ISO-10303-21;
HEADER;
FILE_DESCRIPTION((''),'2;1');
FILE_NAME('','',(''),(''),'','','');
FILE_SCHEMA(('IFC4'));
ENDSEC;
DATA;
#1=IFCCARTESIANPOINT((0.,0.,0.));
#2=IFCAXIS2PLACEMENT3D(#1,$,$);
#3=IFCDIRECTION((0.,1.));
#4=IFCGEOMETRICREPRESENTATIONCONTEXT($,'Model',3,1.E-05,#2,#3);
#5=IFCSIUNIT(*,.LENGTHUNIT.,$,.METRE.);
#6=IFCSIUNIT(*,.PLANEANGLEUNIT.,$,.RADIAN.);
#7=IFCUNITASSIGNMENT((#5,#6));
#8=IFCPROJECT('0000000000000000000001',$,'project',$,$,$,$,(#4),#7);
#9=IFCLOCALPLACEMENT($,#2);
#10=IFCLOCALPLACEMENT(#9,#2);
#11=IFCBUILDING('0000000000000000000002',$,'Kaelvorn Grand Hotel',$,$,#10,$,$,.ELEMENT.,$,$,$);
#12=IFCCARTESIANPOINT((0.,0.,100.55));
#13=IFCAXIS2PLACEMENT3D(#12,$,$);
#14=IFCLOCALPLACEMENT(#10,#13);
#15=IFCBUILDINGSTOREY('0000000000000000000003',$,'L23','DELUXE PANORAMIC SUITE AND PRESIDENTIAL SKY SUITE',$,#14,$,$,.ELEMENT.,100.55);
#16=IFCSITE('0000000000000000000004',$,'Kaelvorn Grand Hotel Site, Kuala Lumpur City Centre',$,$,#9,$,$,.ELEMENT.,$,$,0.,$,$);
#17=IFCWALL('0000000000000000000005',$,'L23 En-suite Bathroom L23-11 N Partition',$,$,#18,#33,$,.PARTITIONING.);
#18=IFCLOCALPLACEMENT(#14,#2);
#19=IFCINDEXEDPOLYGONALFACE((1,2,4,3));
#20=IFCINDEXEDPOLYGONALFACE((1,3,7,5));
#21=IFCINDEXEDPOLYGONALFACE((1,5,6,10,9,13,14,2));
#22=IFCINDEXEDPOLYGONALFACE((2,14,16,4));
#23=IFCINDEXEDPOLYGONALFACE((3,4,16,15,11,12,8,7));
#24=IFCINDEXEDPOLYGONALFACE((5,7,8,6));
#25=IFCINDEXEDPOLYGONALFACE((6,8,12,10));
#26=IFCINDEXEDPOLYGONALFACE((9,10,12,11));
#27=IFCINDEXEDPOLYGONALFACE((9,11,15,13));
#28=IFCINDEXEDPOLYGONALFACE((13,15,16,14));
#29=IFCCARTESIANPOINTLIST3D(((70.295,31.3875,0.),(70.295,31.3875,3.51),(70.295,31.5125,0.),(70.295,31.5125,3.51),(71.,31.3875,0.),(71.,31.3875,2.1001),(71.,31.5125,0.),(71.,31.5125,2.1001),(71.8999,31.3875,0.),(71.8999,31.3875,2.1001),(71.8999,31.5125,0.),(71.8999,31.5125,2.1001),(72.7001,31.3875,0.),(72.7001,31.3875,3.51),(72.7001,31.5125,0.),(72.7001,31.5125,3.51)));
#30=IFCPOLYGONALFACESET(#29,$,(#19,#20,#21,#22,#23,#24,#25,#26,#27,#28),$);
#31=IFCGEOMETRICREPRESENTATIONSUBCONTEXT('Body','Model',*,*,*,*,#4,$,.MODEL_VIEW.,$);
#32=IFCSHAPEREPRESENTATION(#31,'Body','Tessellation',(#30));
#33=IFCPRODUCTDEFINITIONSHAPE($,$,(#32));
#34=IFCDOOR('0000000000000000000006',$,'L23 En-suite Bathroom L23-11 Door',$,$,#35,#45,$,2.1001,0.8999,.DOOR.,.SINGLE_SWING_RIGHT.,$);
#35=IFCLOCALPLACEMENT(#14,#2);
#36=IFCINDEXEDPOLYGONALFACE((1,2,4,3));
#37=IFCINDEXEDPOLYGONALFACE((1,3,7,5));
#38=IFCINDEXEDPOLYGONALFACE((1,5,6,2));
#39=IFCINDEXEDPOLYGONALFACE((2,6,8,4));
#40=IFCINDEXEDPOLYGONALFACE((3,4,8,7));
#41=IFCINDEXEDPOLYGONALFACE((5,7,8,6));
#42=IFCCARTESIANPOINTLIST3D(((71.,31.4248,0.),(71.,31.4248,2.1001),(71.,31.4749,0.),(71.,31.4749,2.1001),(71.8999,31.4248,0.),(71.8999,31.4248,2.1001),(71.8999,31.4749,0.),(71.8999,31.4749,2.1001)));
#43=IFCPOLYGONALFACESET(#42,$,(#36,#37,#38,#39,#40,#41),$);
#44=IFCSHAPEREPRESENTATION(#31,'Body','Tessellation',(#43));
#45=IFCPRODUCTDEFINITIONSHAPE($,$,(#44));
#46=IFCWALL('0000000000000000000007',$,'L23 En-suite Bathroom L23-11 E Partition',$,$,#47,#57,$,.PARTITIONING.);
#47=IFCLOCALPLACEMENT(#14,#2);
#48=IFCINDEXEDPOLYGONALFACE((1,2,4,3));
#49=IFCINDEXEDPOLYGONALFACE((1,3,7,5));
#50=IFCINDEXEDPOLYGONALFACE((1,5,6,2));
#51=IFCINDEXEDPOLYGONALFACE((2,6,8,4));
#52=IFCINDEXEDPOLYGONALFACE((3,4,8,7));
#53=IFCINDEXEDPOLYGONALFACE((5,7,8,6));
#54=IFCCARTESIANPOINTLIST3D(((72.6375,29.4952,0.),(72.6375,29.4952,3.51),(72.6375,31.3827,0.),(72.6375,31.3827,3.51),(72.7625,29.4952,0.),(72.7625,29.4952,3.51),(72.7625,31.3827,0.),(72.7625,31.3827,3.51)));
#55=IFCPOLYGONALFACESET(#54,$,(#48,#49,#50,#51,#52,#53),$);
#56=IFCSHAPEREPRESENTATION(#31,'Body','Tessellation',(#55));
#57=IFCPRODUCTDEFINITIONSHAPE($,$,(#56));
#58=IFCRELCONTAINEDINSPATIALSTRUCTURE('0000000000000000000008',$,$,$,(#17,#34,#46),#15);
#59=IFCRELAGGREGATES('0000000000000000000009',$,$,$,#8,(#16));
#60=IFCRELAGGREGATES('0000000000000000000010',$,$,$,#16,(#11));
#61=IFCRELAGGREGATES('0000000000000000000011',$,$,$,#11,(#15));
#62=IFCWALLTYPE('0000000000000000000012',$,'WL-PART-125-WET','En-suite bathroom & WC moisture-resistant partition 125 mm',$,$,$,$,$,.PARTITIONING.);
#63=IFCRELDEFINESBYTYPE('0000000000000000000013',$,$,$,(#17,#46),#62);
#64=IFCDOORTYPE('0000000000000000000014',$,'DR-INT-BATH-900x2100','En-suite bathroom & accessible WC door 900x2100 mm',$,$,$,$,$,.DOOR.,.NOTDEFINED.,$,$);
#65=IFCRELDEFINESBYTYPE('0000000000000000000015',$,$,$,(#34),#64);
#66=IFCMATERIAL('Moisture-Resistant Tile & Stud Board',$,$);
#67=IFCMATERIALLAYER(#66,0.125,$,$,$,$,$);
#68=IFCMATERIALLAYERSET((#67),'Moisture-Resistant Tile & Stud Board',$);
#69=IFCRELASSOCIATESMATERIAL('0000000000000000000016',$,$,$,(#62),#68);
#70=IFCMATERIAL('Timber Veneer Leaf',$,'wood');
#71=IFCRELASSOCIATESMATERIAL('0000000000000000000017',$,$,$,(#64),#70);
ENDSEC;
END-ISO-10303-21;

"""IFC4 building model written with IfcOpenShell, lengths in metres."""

from ifc_helpers import new_model, si_unit, direction, frame, frame_2d, origin, place, context, subcontext, project, spatial, rectangle, extrude, material, layer, layer_set, type_object, element, fill, save


model = new_model("IFC4")

# Units and contexts
model_context = context("Model", 3, precision=1e-05, world=origin(), true_north=direction((0.0, 1.0)))
body_context = subcontext(model_context, "Body", "Model", "MODEL_VIEW")
ifc_project = project(units=[si_unit("LENGTHUNIT", "METRE"), si_unit("PLANEANGLEUNIT", "RADIAN")], contexts=[model_context])

# Site, building, storey
site_placement = place(None, origin())
site = spatial("IfcSite", under=ifc_project, at=site_placement, Name="Kaelvorn Grand Hotel Site, Kuala Lumpur City Centre", CompositionType="ELEMENT", RefElevation=0.0)
building_placement = place(site_placement, origin())
building = spatial("IfcBuilding", under=site, at=building_placement, Name="Kaelvorn Grand Hotel", CompositionType="ELEMENT")
storey_placement = place(building_placement, frame((0.0, 0.0, 100.55)))
storey = spatial("IfcBuildingStorey", under=building, at=storey_placement, Name="L23", Description="DELUXE PANORAMIC SUITE AND PRESIDENTIAL SKY SUITE", CompositionType="ELEMENT", Elevation=100.55)

# Wall, opening, door
ifc_material_1 = material(Name="Moisture-Resistant Tile & Stud Board")
ifc_layer_1 = layer(ifc_material_1, 0.125)
ifc_layer_set_1 = layer_set([ifc_layer_1], Name="Moisture-Resistant Tile & Stud Board")
wall_type = type_object("IfcWallType", Name="WL-PART-125-WET", Description="En-suite bathroom & WC moisture-resistant partition 125 mm", PredefinedType="PARTITIONING", material=ifc_layer_set_1)
wall_1_placement = place(storey_placement, frame((70.2949, 31.45, 0.0), z_axis=(0.0, 0.0, 1.0), x_axis=(1.0, 0.0, 0.0)))
wall_1 = element("IfcWall", 1, at=wall_1_placement, inside=storey, type_object=wall_type, Name="L23 En-suite Bathroom L23-11 N Partition", PredefinedType="PARTITIONING", context=body_context, shape_type="SweptSolid", body=[
    extrude(rectangle(XDim=2.405, YDim=0.125, at=frame_2d((1.2026, 0.0))), origin(), (0.0, 0.0, 1.0), 3.51),
])
opening_placement = place(wall_1_placement, frame((0.7051, 0.0, 0.0)))
opening = element("IfcOpeningElement", 2, at=opening_placement, cuts=wall_1, PredefinedType="OPENING", context=body_context, shape_type="SweptSolid", body=[
    extrude(rectangle(XDim=0.8999, YDim=2.1001, at=frame_2d((0.45, 1.05))), frame((0.0, 0.0725, 0.0), z_axis=(0.0, -1.0, 0.0), x_axis=(1.0, 0.0, 0.0)), (0.0, 0.0, 1.0), 0.145),
])
ifc_material_2 = material(Name="Timber Veneer Leaf", Category="wood")
door_type = type_object("IfcDoorType", Name="DR-INT-BATH-900x2100", Description="En-suite bathroom & accessible WC door 900x2100 mm", OperationType="NOTDEFINED", PredefinedType="DOOR", material=ifc_material_2)
door_placement = place(opening_placement, origin())
door = element("IfcDoor", 3, at=door_placement, inside=storey, type_object=door_type, Name="L23 En-suite Bathroom L23-11 Door", OperationType="SINGLE_SWING_RIGHT", OverallHeight=2.1001, OverallWidth=0.8999, PredefinedType="DOOR", context=body_context, shape_type="SweptSolid", body=[
    extrude(rectangle(XDim=0.8999, YDim=2.1001, at=frame_2d((0.45, 1.05))), frame((0.0, 0.0249, 0.0), z_axis=(0.0, -1.0, 0.0), x_axis=(1.0, 0.0, 0.0)), (0.0, 0.0, 1.0), 0.05),
])
fill(opening, door)

# Wall
wall_2_placement = place(storey_placement, frame((72.7, 29.4951, 0.0), z_axis=(0.0, 0.0, 1.0), x_axis=(0.0, 1.0, 0.0)))
element("IfcWall", 4, at=wall_2_placement, inside=storey, type_object=wall_type, Name="L23 En-suite Bathroom L23-11 E Partition", PredefinedType="PARTITIONING", context=body_context, shape_type="SweptSolid", body=[
    extrude(rectangle(XDim=1.8875, YDim=0.125, at=frame_2d((0.9438, 0.0))), origin(), (0.0, 0.0, 1.0), 3.51),
])

save(model, "model.ifc")
